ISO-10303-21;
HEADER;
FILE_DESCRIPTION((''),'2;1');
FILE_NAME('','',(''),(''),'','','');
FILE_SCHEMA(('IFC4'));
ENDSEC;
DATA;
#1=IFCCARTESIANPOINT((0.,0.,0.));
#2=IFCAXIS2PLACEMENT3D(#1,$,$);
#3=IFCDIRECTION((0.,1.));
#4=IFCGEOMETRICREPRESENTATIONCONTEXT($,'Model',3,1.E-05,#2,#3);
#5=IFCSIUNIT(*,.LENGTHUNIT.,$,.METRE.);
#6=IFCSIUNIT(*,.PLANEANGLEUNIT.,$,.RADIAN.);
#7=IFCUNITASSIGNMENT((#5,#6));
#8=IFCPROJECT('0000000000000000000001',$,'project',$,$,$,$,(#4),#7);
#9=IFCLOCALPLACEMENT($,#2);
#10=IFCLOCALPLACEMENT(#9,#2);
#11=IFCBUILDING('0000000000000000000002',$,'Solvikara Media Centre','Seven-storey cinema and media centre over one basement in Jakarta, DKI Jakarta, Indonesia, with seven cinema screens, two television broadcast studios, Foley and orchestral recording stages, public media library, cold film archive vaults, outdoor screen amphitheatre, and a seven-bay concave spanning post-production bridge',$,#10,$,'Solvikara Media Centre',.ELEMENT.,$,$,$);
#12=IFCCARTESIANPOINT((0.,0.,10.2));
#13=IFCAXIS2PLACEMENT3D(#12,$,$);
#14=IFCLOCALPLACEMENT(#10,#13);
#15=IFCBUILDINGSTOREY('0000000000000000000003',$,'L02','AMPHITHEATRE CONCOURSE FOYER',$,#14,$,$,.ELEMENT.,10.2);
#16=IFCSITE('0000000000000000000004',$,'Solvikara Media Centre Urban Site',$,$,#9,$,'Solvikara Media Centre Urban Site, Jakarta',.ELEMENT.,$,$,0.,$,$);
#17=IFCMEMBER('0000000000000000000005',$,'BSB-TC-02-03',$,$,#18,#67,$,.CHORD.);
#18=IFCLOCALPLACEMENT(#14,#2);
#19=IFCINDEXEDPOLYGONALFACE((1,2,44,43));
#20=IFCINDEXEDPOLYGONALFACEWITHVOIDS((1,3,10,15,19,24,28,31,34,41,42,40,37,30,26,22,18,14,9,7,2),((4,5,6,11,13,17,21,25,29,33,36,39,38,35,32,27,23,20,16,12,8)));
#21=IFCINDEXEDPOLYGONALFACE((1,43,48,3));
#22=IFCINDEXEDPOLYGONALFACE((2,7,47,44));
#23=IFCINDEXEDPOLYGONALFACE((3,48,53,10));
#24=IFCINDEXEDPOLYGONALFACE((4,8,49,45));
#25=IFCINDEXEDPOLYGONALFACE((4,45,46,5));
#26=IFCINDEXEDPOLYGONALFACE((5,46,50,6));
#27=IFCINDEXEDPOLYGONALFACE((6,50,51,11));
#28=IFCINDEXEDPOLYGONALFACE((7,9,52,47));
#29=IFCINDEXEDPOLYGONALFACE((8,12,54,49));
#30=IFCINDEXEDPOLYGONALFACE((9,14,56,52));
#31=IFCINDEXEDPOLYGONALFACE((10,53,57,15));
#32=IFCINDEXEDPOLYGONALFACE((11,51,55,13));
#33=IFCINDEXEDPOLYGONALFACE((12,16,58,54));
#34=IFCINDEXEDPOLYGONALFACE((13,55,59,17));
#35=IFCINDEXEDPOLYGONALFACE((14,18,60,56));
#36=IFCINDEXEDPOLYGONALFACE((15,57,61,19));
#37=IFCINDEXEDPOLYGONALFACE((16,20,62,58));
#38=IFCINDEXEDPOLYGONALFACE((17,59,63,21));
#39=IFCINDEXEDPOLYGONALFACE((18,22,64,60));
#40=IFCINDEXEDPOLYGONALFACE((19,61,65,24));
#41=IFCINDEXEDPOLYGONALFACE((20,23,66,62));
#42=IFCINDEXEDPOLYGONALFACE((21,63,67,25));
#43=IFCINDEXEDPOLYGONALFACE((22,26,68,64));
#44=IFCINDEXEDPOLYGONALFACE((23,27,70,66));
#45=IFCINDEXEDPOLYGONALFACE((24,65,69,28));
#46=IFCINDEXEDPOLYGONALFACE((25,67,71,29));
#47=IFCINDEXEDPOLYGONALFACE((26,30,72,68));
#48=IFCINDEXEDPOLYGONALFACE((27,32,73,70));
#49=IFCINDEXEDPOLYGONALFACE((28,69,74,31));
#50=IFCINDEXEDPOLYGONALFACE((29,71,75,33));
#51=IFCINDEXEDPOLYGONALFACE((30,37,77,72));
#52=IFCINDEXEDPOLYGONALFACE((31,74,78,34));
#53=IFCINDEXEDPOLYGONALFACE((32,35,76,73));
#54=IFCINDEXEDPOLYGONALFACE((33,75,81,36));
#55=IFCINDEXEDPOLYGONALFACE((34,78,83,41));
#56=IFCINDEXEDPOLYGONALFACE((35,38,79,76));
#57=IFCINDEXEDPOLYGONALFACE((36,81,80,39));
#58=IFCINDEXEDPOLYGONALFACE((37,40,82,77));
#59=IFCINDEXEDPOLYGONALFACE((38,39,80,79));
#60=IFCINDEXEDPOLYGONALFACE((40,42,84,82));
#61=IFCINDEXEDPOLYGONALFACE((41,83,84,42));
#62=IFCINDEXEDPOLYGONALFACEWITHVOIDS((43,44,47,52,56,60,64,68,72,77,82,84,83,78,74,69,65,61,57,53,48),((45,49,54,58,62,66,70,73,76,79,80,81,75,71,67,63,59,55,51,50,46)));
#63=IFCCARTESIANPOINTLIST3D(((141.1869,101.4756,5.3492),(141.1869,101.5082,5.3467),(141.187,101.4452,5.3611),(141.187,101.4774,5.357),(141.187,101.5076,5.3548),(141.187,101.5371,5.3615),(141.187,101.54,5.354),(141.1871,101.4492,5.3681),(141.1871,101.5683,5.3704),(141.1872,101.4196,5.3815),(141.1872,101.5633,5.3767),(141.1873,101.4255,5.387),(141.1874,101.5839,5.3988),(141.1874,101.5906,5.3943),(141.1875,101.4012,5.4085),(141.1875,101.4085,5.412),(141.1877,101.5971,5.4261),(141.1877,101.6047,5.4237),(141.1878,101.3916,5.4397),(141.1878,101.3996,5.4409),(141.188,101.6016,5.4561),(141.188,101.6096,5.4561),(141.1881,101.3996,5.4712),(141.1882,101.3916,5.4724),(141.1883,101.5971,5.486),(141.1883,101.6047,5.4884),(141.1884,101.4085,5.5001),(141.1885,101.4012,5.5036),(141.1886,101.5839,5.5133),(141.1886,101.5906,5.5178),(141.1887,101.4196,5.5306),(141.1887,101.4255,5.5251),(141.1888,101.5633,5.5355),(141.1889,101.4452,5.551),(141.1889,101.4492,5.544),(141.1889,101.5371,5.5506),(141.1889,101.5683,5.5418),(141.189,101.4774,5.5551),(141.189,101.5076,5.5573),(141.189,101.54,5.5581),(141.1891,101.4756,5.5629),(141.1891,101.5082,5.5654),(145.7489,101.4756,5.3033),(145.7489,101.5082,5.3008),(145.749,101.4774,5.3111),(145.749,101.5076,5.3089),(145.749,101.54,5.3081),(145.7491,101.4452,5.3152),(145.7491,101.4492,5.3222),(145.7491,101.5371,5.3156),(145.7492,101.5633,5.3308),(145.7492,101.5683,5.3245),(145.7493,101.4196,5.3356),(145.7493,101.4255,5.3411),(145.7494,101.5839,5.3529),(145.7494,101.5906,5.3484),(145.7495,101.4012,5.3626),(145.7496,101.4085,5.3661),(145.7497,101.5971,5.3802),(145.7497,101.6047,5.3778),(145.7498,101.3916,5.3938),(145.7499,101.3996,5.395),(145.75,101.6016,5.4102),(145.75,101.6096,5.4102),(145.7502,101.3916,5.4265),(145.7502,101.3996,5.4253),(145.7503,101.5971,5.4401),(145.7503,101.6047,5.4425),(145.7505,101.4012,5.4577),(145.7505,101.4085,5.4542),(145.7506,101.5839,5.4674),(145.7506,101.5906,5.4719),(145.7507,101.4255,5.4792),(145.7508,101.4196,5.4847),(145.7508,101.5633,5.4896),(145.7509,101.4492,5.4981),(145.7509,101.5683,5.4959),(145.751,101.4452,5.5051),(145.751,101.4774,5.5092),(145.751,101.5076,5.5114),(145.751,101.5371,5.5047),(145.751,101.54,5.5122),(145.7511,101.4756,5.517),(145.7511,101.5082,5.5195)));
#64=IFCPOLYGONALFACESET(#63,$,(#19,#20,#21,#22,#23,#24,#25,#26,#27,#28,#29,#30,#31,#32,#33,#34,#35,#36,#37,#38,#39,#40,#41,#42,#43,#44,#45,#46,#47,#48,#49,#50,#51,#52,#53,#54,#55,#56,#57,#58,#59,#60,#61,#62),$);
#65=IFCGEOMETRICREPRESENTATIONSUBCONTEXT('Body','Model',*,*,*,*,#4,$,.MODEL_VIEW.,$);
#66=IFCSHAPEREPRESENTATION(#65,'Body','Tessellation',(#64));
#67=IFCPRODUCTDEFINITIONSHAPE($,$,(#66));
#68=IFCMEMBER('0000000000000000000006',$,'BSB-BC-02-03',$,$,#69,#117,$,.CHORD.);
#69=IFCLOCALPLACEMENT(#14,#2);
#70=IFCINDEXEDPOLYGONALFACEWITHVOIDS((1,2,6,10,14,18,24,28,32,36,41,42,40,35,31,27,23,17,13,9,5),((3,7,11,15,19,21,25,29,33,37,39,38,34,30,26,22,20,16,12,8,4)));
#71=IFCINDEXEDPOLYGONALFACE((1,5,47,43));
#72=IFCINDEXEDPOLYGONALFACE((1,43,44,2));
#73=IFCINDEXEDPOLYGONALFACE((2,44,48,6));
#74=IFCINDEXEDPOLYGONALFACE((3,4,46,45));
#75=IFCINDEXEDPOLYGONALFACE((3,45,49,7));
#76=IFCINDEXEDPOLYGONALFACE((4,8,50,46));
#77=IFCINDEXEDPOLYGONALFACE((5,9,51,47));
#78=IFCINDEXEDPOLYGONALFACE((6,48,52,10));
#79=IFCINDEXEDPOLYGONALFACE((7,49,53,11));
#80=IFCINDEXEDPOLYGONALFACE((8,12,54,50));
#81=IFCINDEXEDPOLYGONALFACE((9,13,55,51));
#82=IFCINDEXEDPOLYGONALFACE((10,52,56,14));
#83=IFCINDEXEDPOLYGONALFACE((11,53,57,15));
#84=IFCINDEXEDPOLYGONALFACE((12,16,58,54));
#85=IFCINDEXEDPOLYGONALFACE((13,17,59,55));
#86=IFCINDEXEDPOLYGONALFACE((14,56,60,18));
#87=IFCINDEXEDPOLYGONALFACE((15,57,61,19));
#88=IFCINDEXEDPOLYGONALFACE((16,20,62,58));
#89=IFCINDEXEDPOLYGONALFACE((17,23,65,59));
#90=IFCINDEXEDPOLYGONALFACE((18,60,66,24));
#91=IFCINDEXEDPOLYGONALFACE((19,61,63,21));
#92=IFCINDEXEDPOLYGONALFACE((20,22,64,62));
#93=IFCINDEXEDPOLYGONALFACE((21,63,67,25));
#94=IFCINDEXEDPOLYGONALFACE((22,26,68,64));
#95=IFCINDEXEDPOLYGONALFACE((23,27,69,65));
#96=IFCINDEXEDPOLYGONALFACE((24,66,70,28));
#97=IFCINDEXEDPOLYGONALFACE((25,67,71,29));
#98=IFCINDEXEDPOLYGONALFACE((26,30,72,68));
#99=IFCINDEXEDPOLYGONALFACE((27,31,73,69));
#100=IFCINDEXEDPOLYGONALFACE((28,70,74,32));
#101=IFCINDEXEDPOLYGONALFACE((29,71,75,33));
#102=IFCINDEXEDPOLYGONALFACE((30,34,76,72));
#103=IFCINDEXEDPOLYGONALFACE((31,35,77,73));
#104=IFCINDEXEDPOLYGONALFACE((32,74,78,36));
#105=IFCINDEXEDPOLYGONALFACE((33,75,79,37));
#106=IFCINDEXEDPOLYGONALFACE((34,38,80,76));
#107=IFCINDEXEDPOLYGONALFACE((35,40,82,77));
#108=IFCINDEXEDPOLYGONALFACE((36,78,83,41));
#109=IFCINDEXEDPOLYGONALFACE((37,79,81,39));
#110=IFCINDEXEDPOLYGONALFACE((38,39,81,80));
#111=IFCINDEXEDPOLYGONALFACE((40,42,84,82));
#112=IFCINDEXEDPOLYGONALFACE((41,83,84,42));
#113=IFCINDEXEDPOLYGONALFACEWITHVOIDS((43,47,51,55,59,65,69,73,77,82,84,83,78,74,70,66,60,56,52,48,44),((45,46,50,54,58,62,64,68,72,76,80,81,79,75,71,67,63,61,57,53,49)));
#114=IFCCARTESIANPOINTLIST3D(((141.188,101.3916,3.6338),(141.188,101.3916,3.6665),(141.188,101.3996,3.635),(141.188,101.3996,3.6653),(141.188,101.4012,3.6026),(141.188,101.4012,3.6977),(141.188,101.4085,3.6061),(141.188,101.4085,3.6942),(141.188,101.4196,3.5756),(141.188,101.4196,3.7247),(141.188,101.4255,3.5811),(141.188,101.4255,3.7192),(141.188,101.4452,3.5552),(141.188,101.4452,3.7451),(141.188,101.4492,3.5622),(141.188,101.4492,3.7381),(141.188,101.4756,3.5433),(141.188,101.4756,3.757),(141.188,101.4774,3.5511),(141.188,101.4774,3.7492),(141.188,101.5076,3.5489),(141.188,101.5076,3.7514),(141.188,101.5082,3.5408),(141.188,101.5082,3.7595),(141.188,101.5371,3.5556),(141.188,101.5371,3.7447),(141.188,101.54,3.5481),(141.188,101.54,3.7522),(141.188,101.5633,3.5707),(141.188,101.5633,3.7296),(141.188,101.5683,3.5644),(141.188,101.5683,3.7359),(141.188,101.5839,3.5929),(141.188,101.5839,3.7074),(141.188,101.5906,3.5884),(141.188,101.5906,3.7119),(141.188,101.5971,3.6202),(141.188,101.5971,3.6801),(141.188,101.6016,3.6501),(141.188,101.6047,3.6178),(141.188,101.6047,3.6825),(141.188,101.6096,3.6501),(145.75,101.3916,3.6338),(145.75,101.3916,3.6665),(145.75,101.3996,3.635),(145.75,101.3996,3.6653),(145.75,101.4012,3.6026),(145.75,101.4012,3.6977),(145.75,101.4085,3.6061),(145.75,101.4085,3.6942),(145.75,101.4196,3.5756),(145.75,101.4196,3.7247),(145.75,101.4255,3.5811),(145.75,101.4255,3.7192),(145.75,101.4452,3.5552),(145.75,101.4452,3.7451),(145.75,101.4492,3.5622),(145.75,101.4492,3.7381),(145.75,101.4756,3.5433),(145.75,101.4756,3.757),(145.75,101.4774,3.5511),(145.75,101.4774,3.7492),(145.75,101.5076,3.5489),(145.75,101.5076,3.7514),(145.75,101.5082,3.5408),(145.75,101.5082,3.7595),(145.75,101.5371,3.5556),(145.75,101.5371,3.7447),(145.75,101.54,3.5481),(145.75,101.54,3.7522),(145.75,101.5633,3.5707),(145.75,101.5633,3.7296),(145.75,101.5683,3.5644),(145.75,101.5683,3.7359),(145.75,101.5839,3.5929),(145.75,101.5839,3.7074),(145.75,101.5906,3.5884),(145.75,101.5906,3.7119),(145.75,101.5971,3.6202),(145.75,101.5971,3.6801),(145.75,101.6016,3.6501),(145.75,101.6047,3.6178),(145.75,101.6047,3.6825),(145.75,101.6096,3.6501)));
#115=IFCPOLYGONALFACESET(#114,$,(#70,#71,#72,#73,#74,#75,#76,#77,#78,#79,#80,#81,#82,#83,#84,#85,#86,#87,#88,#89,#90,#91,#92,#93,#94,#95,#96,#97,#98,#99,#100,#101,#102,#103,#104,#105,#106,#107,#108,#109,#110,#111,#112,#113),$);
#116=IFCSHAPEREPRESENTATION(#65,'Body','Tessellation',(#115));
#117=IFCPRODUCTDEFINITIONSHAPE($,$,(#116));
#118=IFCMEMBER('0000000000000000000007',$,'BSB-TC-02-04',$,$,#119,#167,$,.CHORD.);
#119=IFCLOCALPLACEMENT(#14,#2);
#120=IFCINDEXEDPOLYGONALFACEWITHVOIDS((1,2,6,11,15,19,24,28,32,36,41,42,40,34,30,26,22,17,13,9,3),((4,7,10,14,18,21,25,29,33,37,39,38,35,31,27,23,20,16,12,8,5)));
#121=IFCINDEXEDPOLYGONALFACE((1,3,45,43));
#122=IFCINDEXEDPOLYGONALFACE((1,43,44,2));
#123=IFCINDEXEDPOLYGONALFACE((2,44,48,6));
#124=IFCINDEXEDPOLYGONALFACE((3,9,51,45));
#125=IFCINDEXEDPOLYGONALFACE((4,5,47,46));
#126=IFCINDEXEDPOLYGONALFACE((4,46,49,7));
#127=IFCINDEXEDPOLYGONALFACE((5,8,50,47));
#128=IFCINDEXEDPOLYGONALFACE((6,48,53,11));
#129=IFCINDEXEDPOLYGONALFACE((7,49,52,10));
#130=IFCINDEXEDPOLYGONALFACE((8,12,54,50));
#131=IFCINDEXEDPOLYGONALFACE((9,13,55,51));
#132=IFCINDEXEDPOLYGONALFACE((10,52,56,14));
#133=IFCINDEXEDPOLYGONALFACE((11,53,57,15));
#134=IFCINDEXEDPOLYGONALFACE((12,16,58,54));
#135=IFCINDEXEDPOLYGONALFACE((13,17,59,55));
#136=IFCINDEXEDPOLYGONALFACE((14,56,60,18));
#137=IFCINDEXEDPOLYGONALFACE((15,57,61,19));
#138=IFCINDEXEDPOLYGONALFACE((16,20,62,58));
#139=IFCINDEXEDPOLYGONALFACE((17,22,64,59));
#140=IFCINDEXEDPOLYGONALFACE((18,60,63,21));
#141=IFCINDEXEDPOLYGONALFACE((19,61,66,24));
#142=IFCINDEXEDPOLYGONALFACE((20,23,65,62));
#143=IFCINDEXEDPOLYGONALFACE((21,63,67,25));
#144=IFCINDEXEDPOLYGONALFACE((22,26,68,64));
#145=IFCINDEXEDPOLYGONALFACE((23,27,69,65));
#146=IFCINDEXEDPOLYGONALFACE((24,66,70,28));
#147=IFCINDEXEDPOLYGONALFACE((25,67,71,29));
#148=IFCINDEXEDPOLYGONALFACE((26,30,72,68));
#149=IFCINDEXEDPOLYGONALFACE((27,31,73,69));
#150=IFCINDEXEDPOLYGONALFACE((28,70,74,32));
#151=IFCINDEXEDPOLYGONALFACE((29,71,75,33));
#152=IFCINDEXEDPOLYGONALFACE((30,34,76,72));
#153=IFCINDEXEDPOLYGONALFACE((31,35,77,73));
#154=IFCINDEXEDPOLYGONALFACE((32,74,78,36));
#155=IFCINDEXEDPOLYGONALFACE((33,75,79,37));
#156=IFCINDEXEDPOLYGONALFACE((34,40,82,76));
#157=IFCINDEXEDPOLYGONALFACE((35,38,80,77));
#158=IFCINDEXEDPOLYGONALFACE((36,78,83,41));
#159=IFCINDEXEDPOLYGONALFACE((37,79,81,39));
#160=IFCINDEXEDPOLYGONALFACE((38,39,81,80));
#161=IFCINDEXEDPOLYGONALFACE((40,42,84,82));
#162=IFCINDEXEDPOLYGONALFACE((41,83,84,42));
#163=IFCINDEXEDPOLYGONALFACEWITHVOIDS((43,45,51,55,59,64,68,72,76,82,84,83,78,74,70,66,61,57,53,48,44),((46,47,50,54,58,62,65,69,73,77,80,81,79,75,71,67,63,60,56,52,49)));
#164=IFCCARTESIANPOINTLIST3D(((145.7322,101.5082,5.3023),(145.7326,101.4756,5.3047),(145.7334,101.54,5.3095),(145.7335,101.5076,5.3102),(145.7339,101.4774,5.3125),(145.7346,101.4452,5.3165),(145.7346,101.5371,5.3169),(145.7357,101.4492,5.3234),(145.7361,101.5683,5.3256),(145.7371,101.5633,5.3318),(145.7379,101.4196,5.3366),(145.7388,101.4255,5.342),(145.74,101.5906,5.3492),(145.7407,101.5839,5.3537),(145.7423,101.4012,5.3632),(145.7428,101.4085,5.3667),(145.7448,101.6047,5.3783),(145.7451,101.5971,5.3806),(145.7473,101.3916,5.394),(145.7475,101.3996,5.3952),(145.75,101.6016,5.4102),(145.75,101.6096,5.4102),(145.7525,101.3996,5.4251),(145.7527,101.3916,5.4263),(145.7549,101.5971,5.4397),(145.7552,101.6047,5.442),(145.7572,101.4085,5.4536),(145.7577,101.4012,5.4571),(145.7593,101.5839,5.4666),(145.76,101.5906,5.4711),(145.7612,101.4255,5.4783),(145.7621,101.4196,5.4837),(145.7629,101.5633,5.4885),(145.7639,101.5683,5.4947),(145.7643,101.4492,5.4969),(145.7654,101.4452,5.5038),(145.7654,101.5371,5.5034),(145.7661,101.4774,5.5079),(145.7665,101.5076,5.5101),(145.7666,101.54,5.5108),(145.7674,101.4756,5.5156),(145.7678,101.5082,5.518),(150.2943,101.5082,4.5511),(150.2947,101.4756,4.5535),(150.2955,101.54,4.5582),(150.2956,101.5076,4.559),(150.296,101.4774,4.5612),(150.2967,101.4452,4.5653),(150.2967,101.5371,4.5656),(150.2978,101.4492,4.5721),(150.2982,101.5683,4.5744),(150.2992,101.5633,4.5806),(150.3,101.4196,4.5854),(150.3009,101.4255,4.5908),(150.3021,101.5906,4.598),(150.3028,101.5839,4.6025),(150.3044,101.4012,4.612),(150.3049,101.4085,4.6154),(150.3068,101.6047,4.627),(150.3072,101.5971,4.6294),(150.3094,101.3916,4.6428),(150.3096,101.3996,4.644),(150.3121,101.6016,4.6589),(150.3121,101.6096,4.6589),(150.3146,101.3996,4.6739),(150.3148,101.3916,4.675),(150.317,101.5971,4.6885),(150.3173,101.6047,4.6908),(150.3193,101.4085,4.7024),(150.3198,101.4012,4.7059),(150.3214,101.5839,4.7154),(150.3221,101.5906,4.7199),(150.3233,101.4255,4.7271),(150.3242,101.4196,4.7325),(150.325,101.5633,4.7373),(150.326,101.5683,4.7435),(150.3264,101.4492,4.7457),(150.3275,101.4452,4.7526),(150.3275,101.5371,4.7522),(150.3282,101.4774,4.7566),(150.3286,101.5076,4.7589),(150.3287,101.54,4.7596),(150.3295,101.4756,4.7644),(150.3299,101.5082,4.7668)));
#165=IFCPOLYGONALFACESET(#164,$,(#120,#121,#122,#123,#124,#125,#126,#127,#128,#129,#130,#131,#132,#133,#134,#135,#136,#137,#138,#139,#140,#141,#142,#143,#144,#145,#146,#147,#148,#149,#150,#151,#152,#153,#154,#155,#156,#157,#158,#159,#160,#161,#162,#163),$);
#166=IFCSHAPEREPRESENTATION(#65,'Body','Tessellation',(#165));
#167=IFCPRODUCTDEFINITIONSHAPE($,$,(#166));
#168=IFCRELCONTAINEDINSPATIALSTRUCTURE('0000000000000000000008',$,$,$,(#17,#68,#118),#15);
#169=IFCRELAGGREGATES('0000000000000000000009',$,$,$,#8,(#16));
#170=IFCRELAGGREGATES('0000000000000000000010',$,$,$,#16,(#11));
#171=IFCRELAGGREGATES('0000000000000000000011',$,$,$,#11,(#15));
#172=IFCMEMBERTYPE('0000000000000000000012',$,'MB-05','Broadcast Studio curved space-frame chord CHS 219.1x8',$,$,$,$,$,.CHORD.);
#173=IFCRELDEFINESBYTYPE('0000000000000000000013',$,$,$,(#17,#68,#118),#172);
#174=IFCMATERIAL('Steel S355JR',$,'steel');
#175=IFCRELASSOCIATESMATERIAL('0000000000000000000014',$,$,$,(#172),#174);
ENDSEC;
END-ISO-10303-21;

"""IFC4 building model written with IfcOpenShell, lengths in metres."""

from ifc_helpers import new_model, si_unit, direction, frame, origin, origin_2d, place, context, subcontext, project, spatial, hollow_circle, extrude, material, material_profile, profile_set, type_object, element, save


model = new_model("IFC4")

# Units and contexts
model_context = context("Model", 3, precision=1e-05, world=origin(), true_north=direction((0.0, 1.0)))
body_context = subcontext(model_context, "Body", "Model", "MODEL_VIEW")
ifc_project = project(units=[si_unit("LENGTHUNIT", "METRE"), si_unit("PLANEANGLEUNIT", "RADIAN")], contexts=[model_context])

# Site, building, storey
site_placement = place(None, origin())
site = spatial("IfcSite", under=ifc_project, at=site_placement, Name="Solvikara Media Centre Urban Site", LongName="Solvikara Media Centre Urban Site, Jakarta", CompositionType="ELEMENT", RefElevation=0.0)
building_placement = place(site_placement, origin())
building = spatial("IfcBuilding", under=site, at=building_placement, Name="Solvikara Media Centre", Description="Seven-storey cinema and media centre over one basement in Jakarta, DKI Jakarta, Indonesia, with seven cinema screens, two television broadcast studios, Foley and orchestral recording stages, public media library, cold film archive vaults, outdoor screen amphitheatre, and a seven-bay concave spanning post-production bridge", LongName="Solvikara Media Centre", CompositionType="ELEMENT")
storey_placement = place(building_placement, frame((0.0, 0.0, 10.2)))
storey = spatial("IfcBuildingStorey", under=building, at=storey_placement, Name="L02", Description="AMPHITHEATRE CONCOURSE FOYER", CompositionType="ELEMENT", Elevation=10.2)

# Members
ifc_material_1 = material(Name="Steel S355JR", Category="steel")
ifc_material_profile_1 = material_profile(ifc_material_1, hollow_circle(Radius=0.1096, WallThickness=0.0081, at=origin_2d()), Name="CHS 219.1x8")
ifc_profile_set_1 = profile_set([ifc_material_profile_1], Name="Steel S355JR")
member_type_1 = type_object("IfcMemberType", Name="MB-05", Description="Broadcast Studio curved space-frame chord CHS 219.1x8", PredefinedType="CHORD", material=ifc_profile_set_1)
member_1_placement = place(storey_placement, frame((141.188, 101.5, 5.4561), z_axis=(0.999949, 0.0, -0.01006), x_axis=(0.0, 1.0, 0.0)))
element("IfcMember", 1, at=member_1_placement, inside=storey, type_object=member_type_1, Name="BSB-TC-02-03", PredefinedType="CHORD", context=body_context, shape_type="SweptSolid", body=[
    extrude(hollow_circle(Radius=0.1096, WallThickness=0.0081, at=origin_2d()), origin(), (0.0, 0.0, 1.0), 4.5623),
])
member_2_placement = place(storey_placement, frame((141.188, 101.5, 3.6501), z_axis=(1.0, 0.0, 0.0), x_axis=(0.0, 1.0, 0.0)))
element("IfcMember", 2, at=member_2_placement, inside=storey, type_object=member_type_1, Name="BSB-BC-02-03", PredefinedType="CHORD", context=body_context, shape_type="SweptSolid", body=[
    extrude(hollow_circle(Radius=0.1096, WallThickness=0.0081, at=origin_2d()), origin(), (0.0, 0.0, 1.0), 4.562),
])
member_3_placement = place(storey_placement, frame((145.75, 101.5, 5.4102), z_axis=(0.986712, 0.0, -0.162481), x_axis=(0.0, 1.0, 0.0)))
element("IfcMember", 3, at=member_3_placement, inside=storey, type_object=member_type_1, Name="BSB-TC-02-04", PredefinedType="CHORD", context=body_context, shape_type="SweptSolid", body=[
    extrude(hollow_circle(Radius=0.1096, WallThickness=0.0081, at=origin_2d()), origin(), (0.0, 0.0, 1.0), 4.6235),
])

save(model, "model.ifc")
